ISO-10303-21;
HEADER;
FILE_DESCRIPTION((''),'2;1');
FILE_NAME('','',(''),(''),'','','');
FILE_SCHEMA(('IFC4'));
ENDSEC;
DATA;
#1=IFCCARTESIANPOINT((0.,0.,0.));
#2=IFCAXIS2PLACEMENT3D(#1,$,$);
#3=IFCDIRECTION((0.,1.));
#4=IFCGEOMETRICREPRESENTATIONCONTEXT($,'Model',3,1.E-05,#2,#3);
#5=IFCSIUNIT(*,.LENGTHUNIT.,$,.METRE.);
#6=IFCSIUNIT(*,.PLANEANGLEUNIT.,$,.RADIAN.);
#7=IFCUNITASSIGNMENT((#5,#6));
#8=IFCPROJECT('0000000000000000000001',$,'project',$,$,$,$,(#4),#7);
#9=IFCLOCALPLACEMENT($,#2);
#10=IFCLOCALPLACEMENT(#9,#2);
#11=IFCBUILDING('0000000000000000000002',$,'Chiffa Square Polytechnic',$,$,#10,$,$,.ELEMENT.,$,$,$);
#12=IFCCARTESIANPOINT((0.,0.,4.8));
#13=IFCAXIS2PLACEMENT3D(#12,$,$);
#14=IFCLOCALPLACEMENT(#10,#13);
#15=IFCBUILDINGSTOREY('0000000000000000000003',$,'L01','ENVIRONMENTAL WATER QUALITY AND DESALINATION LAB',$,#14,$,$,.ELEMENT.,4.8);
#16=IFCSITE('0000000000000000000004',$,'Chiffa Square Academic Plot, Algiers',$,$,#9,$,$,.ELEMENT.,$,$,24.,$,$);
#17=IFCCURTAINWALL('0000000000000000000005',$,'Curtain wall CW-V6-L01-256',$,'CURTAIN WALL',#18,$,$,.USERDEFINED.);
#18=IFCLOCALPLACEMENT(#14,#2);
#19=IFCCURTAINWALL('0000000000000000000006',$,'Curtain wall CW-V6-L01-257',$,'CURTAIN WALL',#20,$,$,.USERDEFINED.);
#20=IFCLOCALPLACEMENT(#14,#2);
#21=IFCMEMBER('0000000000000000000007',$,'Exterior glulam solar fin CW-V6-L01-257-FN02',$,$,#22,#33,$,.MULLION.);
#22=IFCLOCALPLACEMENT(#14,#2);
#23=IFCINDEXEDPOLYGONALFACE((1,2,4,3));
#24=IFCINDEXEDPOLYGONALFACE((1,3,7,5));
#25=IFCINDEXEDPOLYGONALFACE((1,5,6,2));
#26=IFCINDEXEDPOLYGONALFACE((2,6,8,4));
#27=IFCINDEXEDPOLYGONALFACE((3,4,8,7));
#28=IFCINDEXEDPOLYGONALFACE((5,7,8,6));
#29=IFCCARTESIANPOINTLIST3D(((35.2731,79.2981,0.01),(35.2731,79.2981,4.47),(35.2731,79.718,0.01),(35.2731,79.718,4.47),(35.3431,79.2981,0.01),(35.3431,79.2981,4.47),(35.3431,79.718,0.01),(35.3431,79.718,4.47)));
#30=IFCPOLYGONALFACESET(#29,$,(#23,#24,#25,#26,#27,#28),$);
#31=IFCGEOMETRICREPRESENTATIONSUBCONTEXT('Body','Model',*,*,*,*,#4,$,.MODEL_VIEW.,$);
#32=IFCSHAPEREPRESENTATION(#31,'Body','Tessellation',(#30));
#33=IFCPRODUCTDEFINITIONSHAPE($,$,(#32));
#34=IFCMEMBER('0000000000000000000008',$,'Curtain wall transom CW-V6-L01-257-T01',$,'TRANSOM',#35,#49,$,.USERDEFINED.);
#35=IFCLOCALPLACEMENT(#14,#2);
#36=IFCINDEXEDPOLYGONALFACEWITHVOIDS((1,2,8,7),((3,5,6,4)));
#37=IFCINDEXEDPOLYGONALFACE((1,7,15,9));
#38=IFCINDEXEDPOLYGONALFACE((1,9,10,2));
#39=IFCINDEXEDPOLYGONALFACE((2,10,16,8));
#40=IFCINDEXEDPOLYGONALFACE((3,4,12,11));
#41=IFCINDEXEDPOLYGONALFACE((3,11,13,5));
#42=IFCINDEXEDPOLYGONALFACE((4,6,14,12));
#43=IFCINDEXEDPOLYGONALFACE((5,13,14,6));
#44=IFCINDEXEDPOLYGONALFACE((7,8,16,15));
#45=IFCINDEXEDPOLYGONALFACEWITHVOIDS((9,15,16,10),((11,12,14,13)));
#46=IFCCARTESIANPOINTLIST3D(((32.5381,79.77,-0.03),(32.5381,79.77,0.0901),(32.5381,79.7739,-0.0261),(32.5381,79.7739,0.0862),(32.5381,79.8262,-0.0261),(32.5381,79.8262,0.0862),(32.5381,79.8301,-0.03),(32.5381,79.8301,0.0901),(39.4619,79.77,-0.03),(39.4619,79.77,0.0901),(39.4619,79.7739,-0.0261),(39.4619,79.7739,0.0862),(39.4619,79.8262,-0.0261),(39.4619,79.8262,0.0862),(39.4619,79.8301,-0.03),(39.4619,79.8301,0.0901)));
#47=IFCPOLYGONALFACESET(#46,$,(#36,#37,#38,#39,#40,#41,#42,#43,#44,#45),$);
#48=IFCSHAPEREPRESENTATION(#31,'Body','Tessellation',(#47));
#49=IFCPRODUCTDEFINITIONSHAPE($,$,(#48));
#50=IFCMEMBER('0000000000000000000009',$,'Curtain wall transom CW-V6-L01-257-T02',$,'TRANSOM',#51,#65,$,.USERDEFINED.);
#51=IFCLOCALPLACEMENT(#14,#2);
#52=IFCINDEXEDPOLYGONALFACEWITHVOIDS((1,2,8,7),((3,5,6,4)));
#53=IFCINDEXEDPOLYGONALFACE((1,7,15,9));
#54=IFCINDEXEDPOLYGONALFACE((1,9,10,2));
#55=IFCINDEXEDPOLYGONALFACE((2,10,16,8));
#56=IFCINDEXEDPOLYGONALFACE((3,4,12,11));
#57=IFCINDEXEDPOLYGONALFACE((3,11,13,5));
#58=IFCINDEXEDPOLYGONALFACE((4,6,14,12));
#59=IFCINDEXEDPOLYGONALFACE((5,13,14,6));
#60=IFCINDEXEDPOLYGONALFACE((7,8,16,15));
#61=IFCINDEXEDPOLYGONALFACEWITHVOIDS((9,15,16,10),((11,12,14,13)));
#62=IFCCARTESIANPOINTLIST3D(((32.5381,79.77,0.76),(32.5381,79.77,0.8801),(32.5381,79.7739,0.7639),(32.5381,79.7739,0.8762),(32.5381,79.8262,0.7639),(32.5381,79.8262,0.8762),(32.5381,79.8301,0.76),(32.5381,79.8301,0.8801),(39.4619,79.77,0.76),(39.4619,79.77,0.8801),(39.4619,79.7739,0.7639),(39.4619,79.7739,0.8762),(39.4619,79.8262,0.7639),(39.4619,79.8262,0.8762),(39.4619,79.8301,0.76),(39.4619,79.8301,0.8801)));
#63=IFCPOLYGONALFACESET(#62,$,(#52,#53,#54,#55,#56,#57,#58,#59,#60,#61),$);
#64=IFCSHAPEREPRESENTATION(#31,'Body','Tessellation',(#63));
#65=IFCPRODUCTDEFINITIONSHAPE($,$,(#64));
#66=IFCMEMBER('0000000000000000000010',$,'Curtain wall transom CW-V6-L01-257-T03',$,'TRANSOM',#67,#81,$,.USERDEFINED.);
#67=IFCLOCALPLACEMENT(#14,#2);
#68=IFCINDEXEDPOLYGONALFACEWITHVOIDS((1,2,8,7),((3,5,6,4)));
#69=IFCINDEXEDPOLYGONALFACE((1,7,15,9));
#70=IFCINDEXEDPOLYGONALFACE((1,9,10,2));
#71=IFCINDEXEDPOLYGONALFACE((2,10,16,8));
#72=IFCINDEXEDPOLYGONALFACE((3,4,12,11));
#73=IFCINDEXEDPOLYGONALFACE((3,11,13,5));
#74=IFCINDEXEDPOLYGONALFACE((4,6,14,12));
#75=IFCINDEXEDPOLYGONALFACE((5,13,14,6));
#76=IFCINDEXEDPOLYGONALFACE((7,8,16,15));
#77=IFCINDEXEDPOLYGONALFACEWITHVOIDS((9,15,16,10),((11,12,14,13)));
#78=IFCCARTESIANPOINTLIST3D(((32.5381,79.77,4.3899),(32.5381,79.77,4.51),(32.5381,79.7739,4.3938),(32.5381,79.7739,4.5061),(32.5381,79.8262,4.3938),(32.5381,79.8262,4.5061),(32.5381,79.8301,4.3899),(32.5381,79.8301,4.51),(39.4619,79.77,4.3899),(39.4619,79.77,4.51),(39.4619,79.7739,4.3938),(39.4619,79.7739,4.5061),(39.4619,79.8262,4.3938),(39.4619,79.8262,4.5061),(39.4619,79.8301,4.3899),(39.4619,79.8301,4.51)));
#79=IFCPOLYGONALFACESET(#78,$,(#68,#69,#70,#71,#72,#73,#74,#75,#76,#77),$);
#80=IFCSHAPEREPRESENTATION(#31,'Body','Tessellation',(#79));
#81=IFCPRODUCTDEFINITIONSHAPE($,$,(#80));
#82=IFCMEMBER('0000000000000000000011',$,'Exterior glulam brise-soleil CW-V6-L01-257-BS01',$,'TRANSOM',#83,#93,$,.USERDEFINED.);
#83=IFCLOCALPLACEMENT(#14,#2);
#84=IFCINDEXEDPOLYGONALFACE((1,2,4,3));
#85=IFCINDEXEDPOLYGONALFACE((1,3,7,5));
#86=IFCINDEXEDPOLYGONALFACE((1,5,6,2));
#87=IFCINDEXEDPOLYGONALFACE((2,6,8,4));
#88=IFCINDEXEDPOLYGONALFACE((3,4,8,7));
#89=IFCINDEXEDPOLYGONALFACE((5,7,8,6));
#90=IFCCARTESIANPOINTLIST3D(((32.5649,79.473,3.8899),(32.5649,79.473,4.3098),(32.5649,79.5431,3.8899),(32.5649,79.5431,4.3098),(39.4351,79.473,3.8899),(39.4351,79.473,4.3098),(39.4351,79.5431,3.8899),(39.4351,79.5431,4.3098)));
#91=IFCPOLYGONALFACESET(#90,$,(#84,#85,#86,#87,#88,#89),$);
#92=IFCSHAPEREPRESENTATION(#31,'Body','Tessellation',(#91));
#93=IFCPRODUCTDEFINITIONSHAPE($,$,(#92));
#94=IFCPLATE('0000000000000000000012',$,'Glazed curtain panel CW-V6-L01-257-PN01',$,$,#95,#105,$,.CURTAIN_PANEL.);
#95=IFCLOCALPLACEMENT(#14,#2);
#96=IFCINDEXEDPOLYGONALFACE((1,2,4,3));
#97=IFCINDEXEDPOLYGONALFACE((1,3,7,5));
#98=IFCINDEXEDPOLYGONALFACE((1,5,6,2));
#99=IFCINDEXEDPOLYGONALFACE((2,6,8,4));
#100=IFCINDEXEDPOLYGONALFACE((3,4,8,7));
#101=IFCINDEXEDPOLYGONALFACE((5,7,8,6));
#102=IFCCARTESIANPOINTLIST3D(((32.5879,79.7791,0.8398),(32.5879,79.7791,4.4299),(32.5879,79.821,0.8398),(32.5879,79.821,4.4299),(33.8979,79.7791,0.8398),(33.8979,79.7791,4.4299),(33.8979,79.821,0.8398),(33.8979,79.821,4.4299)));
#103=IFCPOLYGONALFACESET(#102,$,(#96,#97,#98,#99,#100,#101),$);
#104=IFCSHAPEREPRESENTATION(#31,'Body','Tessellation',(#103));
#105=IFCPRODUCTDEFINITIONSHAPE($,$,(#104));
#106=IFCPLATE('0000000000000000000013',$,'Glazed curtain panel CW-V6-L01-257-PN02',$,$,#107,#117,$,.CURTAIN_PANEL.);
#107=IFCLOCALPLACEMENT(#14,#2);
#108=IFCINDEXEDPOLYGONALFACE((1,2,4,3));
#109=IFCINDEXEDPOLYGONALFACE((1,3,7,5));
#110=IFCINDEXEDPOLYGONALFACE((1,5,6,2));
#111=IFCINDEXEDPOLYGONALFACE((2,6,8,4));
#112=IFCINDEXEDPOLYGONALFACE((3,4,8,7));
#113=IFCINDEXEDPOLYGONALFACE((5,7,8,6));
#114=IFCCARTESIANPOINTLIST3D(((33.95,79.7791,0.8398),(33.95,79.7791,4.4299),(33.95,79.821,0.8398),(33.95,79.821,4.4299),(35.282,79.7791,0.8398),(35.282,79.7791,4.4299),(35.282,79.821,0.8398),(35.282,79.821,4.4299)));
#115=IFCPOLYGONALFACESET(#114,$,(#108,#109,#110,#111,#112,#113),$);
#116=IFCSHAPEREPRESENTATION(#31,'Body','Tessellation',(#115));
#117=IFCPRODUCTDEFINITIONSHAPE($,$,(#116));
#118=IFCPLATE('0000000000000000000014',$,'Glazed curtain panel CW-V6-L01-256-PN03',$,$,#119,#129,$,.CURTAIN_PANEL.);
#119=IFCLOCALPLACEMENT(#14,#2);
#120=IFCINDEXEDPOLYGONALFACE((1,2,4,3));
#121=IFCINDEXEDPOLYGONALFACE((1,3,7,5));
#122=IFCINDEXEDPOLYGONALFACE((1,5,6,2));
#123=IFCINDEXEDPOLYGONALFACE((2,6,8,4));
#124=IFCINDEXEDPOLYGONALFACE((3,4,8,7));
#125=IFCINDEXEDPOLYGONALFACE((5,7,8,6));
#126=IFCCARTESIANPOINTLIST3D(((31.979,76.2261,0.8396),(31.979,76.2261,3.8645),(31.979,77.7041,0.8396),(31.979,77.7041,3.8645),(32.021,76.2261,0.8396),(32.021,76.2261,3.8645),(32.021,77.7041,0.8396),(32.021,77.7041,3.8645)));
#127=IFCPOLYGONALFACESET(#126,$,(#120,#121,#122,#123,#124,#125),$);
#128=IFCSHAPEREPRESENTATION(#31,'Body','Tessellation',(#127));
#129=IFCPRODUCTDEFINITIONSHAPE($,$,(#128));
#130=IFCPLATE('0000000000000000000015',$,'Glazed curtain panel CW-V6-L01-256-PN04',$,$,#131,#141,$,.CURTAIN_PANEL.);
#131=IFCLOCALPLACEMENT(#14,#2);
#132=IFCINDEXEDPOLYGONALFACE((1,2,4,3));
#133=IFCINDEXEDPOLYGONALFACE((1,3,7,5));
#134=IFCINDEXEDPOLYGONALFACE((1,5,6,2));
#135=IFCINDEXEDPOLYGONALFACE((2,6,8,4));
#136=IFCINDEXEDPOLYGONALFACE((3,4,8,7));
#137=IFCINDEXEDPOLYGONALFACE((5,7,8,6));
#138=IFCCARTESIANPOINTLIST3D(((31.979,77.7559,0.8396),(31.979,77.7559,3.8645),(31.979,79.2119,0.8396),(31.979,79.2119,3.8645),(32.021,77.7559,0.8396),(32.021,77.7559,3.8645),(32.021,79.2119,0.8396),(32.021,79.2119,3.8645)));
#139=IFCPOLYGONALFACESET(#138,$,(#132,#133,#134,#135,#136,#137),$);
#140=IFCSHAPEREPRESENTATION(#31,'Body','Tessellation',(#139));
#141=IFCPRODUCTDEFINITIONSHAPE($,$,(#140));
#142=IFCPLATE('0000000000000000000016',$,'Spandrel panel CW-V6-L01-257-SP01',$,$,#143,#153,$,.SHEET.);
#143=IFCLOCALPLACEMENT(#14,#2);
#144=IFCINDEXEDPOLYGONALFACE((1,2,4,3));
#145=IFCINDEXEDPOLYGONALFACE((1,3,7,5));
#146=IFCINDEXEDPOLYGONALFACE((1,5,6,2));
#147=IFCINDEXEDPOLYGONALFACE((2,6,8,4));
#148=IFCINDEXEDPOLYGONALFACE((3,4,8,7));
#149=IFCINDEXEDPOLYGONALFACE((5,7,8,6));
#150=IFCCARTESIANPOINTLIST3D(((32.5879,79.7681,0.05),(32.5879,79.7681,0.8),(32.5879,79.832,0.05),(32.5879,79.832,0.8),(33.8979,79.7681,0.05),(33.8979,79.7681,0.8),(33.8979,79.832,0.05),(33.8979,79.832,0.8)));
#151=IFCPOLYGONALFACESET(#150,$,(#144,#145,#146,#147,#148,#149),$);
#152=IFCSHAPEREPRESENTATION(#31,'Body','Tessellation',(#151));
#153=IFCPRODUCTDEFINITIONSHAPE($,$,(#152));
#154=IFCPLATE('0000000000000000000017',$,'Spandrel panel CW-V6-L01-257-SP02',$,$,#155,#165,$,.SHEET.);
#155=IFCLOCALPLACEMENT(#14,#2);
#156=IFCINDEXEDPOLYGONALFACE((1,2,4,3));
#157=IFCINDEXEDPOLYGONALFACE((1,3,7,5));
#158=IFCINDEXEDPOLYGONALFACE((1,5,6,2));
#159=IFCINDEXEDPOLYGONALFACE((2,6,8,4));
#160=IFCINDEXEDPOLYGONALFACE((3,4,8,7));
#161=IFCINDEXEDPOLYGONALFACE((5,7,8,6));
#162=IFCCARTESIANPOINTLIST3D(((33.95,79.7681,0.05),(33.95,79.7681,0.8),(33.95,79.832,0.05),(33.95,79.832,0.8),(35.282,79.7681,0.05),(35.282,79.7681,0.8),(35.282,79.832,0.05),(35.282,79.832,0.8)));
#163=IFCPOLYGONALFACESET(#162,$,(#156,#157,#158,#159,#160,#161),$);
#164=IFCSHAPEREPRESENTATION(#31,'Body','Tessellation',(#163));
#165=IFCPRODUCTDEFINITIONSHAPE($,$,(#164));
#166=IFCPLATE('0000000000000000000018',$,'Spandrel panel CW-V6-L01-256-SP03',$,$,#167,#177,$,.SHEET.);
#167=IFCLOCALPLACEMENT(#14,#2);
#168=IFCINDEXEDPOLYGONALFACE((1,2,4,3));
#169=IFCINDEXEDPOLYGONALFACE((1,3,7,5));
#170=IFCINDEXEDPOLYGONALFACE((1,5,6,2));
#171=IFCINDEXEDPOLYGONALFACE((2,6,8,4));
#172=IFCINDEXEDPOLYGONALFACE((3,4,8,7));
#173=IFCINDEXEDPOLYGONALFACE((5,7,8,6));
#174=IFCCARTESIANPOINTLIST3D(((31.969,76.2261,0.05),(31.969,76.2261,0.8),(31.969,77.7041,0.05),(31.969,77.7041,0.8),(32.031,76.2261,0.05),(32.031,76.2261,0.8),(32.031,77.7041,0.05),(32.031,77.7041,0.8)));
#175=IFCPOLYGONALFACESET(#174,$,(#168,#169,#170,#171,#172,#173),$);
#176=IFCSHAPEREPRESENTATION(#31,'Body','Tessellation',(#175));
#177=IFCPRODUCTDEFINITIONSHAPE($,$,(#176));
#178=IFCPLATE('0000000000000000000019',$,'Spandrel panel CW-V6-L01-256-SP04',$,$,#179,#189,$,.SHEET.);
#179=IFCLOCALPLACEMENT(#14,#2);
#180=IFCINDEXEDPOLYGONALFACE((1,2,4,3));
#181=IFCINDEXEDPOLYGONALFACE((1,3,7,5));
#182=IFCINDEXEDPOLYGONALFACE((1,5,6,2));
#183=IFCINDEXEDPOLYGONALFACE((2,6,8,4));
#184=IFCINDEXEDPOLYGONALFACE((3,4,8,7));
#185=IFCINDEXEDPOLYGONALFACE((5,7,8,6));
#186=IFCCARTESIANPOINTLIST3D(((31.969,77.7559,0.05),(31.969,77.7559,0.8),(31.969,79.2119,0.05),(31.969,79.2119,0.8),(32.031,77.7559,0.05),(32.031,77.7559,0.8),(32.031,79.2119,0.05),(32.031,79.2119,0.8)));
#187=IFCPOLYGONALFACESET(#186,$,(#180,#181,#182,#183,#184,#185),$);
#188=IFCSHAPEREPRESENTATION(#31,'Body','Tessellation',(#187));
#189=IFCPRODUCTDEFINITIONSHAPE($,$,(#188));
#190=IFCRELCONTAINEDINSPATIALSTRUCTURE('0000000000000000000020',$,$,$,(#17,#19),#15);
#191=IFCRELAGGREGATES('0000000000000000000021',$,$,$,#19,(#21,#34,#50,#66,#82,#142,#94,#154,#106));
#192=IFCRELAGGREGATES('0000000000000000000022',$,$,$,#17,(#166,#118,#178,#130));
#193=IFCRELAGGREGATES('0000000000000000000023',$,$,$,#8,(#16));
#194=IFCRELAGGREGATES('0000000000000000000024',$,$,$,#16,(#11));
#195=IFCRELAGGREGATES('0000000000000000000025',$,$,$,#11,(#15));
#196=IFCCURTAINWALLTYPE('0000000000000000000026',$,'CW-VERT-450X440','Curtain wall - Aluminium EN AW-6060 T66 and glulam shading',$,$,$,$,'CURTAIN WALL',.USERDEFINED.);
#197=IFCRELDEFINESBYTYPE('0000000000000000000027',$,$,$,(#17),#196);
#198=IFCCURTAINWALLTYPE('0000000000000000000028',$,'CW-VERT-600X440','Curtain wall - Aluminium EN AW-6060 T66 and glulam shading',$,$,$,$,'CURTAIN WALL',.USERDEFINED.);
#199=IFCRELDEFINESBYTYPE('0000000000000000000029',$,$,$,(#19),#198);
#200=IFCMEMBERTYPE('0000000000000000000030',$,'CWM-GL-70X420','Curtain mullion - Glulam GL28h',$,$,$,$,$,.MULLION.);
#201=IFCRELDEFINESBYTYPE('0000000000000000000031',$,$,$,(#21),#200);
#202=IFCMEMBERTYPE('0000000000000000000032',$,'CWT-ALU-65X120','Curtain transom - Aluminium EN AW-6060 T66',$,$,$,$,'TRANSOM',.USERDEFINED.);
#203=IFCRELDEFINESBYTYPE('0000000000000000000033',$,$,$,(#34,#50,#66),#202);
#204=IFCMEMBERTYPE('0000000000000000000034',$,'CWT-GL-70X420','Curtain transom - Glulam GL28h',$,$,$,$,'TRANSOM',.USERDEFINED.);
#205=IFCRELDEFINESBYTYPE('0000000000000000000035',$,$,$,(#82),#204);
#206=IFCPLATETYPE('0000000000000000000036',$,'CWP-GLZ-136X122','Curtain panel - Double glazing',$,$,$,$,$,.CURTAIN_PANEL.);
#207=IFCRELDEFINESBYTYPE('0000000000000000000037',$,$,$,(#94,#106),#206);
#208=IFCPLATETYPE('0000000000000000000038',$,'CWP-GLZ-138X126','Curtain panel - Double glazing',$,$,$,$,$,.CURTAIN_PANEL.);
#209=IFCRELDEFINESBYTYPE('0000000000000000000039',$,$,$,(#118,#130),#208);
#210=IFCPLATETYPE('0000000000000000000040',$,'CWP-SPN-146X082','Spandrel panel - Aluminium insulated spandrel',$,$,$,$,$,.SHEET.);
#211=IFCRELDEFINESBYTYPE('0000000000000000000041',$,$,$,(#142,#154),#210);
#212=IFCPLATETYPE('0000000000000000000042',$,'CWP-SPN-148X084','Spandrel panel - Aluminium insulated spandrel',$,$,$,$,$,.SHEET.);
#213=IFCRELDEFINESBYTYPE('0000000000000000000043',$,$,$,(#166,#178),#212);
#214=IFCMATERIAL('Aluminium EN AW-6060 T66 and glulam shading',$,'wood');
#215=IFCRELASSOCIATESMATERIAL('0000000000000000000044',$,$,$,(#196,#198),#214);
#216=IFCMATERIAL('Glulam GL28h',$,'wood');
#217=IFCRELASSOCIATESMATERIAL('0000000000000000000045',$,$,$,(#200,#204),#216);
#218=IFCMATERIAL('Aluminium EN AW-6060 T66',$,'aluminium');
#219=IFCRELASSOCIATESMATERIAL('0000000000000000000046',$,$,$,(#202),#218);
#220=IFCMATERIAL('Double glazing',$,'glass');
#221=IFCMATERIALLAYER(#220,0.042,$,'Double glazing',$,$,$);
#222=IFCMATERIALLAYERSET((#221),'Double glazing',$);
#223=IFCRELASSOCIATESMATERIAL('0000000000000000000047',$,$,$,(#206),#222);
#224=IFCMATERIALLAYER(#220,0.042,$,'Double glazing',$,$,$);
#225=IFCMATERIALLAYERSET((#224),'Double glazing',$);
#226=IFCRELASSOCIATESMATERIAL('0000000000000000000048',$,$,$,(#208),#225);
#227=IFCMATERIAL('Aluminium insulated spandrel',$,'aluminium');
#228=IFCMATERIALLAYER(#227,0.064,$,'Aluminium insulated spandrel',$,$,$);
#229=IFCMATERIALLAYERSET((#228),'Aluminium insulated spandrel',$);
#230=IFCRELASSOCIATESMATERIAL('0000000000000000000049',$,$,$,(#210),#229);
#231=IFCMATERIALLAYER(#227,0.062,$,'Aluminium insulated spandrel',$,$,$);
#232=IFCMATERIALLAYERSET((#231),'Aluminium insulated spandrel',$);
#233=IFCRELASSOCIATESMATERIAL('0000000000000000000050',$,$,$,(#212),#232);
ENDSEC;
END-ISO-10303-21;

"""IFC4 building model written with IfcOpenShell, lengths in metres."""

from ifc_helpers import new_model, si_unit, direction, frame, origin, origin_2d, place, context, subcontext, project, spatial, rectangle, hollow_rectangle, extrude, material, layer, layer_set, material_profile, profile_set, type_object, element, aggregate, save


model = new_model("IFC4")

# Units and contexts
model_context = context("Model", 3, precision=1e-05, world=origin(), true_north=direction((0.0, 1.0)))
body_context = subcontext(model_context, "Body", "Model", "MODEL_VIEW")
ifc_project = project(units=[si_unit("LENGTHUNIT", "METRE"), si_unit("PLANEANGLEUNIT", "RADIAN")], contexts=[model_context])

# Site, building, storey
site_placement = place(None, origin())
site = spatial("IfcSite", under=ifc_project, at=site_placement, Name="Chiffa Square Academic Plot, Algiers", CompositionType="ELEMENT", RefElevation=24.0)
building_placement = place(site_placement, origin())
building = spatial("IfcBuilding", under=site, at=building_placement, Name="Chiffa Square Polytechnic", CompositionType="ELEMENT")
storey_placement = place(building_placement, frame((0.0, 0.0, 4.8)))
storey = spatial("IfcBuildingStorey", under=building, at=storey_placement, Name="L01", Description="ENVIRONMENTAL WATER QUALITY AND DESALINATION LAB", CompositionType="ELEMENT", Elevation=4.8)

# Curtain walls
ifc_material_1 = material(Name="Aluminium EN AW-6060 T66 and glulam shading", Category="wood")
curtain_wall_type_1 = type_object("IfcCurtainWallType", Name="CW-VERT-450X440", Description="Curtain wall - Aluminium EN AW-6060 T66 and glulam shading", ElementType="CURTAIN WALL", PredefinedType="USERDEFINED", material=ifc_material_1)
curtain_wall_1_placement = place(storey_placement, origin())
curtain_wall_1 = element("IfcCurtainWall", 1, at=curtain_wall_1_placement, inside=storey, type_object=curtain_wall_type_1, Name="Curtain wall CW-V6-L01-256", ObjectType="CURTAIN WALL", PredefinedType="USERDEFINED")
ifc_material_2 = material(Name="Aluminium EN AW-6060 T66", Category="aluminium")
curtain_wall_type_2 = type_object("IfcCurtainWallType", Name="CW-VERT-600X440", Description="Curtain wall - Aluminium EN AW-6060 T66 and glulam shading", ElementType="CURTAIN WALL", PredefinedType="USERDEFINED", material=ifc_material_1)
curtain_wall_2_placement = place(storey_placement, origin())
curtain_wall_2 = element("IfcCurtainWall", 2, at=curtain_wall_2_placement, inside=storey, type_object=curtain_wall_type_2, Name="Curtain wall CW-V6-L01-257", ObjectType="CURTAIN WALL", PredefinedType="USERDEFINED")

# Members
ifc_material_3 = material(Name="Glulam GL28h", Category="wood")
ifc_material_profile_1 = material_profile(ifc_material_3, rectangle(XDim=0.0701, YDim=0.4199, at=origin_2d()), Name="GL28h 70x420")
ifc_profile_set_1 = profile_set([ifc_material_profile_1], Name="Glulam GL28h")
member_type_1 = type_object("IfcMemberType", Name="CWM-GL-70X420", Description="Curtain mullion - Glulam GL28h", PredefinedType="MULLION", material=ifc_profile_set_1)
member_1_placement = place(storey_placement, frame((35.3081, 79.5081, 0.01), z_axis=(0.0, 0.0, 1.0), x_axis=(1.0, 0.0, 0.0)))
member_1 = element("IfcMember", 3, at=member_1_placement, type_object=member_type_1, Name="Exterior glulam solar fin CW-V6-L01-257-FN02", PredefinedType="MULLION", context=body_context, shape_type="SweptSolid", body=[
    extrude(rectangle(XDim=0.0701, YDim=0.4199, at=origin_2d()), origin(), (0.0, 0.0, 1.0), 4.46),
])
ifc_material_profile_2 = material_profile(ifc_material_2, hollow_rectangle(XDim=0.0601, YDim=0.1201, WallThickness=0.0039, at=origin_2d()), Name="ALU 60x120x4")
ifc_profile_set_2 = profile_set([ifc_material_profile_2], Name="Aluminium EN AW-6060 T66")
member_type_2 = type_object("IfcMemberType", Name="CWT-ALU-65X120", Description="Curtain transom - Aluminium EN AW-6060 T66", ElementType="TRANSOM", PredefinedType="USERDEFINED", material=ifc_profile_set_2)
member_2_placement = place(storey_placement, frame((32.5381, 79.8, 0.03), z_axis=(1.0, 0.0, 0.0), x_axis=(0.0, 1.0, 0.0)))
member_2 = element("IfcMember", 4, at=member_2_placement, type_object=member_type_2, Name="Curtain wall transom CW-V6-L01-257-T01", ObjectType="TRANSOM", PredefinedType="USERDEFINED", context=body_context, shape_type="SweptSolid", body=[
    extrude(hollow_rectangle(XDim=0.0601, YDim=0.1201, WallThickness=0.0039, at=origin_2d()), origin(), (0.0, 0.0, 1.0), 6.9238),
])
member_3_placement = place(storey_placement, frame((32.5381, 79.8, 0.8201), z_axis=(1.0, 0.0, 0.0), x_axis=(0.0, 1.0, 0.0)))
member_3 = element("IfcMember", 5, at=member_3_placement, type_object=member_type_2, Name="Curtain wall transom CW-V6-L01-257-T02", ObjectType="TRANSOM", PredefinedType="USERDEFINED", context=body_context, shape_type="SweptSolid", body=[
    extrude(hollow_rectangle(XDim=0.0601, YDim=0.1201, WallThickness=0.0039, at=origin_2d()), origin(), (0.0, 0.0, 1.0), 6.9238),
])
member_4_placement = place(storey_placement, frame((32.5381, 79.8, 4.45), z_axis=(1.0, 0.0, 0.0), x_axis=(0.0, 1.0, 0.0)))
member_4 = element("IfcMember", 6, at=member_4_placement, type_object=member_type_2, Name="Curtain wall transom CW-V6-L01-257-T03", ObjectType="TRANSOM", PredefinedType="USERDEFINED", context=body_context, shape_type="SweptSolid", body=[
    extrude(hollow_rectangle(XDim=0.0601, YDim=0.1201, WallThickness=0.0039, at=origin_2d()), origin(), (0.0, 0.0, 1.0), 6.9238),
])
ifc_material_profile_3 = material_profile(ifc_material_3, rectangle(XDim=0.0701, YDim=0.4199, at=origin_2d()), Name="GL28h 70x420")
ifc_profile_set_3 = profile_set([ifc_material_profile_3], Name="Glulam GL28h")
member_type_3 = type_object("IfcMemberType", Name="CWT-GL-70X420", Description="Curtain transom - Glulam GL28h", ElementType="TRANSOM", PredefinedType="USERDEFINED", material=ifc_profile_set_3)
member_5_placement = place(storey_placement, frame((32.5649, 79.5081, 4.0999), z_axis=(1.0, 0.0, 0.0), x_axis=(0.0, 1.0, 0.0)))
member_5 = element("IfcMember", 7, at=member_5_placement, type_object=member_type_3, Name="Exterior glulam brise-soleil CW-V6-L01-257-BS01", ObjectType="TRANSOM", PredefinedType="USERDEFINED", context=body_context, shape_type="SweptSolid", body=[
    extrude(rectangle(XDim=0.0701, YDim=0.4199, at=origin_2d()), origin(), (0.0, 0.0, 1.0), 6.8701),
])

# Plates
ifc_material_4 = material(Name="Double glazing", Category="glass")
ifc_layer_1 = layer(ifc_material_4, 0.042, Name="Double glazing")
ifc_layer_set_1 = layer_set([ifc_layer_1], Name="Double glazing")
plate_type_1 = type_object("IfcPlateType", Name="CWP-GLZ-136X122", Description="Curtain panel - Double glazing", PredefinedType="CURTAIN_PANEL", material=ifc_layer_set_1)
plate_1_placement = place(storey_placement, frame((33.2429, 79.8, 0.8398), z_axis=(0.0, 0.0, 1.0), x_axis=(1.0, 0.0, 0.0)))
plate_1 = element("IfcPlate", 8, at=plate_1_placement, type_object=plate_type_1, Name="Glazed curtain panel CW-V6-L01-257-PN01", PredefinedType="CURTAIN_PANEL", context=body_context, shape_type="SweptSolid", body=[
    extrude(rectangle(XDim=1.3101, YDim=0.042, at=origin_2d()), origin(), (0.0, 0.0, 1.0), 3.5901),
])
plate_2_placement = place(storey_placement, frame((34.616, 79.8, 0.8398), z_axis=(0.0, 0.0, 1.0), x_axis=(1.0, 0.0, 0.0)))
plate_2 = element("IfcPlate", 9, at=plate_2_placement, type_object=plate_type_1, Name="Glazed curtain panel CW-V6-L01-257-PN02", PredefinedType="CURTAIN_PANEL", context=body_context, shape_type="SweptSolid", body=[
    extrude(rectangle(XDim=1.332, YDim=0.042, at=origin_2d()), origin(), (0.0, 0.0, 1.0), 3.5901),
])
ifc_layer_2 = layer(ifc_material_4, 0.042, Name="Double glazing")
ifc_layer_set_2 = layer_set([ifc_layer_2], Name="Double glazing")
plate_type_2 = type_object("IfcPlateType", Name="CWP-GLZ-138X126", Description="Curtain panel - Double glazing", PredefinedType="CURTAIN_PANEL", material=ifc_layer_set_2)
plate_3_placement = place(storey_placement, frame((32.0, 76.9651, 0.8396), z_axis=(0.0, 0.0, 1.0), x_axis=(0.0, 1.0, 0.0)))
plate_3 = element("IfcPlate", 10, at=plate_3_placement, type_object=plate_type_2, Name="Glazed curtain panel CW-V6-L01-256-PN03", PredefinedType="CURTAIN_PANEL", context=body_context, shape_type="SweptSolid", body=[
    extrude(rectangle(XDim=1.478, YDim=0.042, at=origin_2d()), origin(), (0.0, 0.0, 1.0), 3.0249),
])
plate_4_placement = place(storey_placement, frame((32.0, 78.4839, 0.8396), z_axis=(0.0, 0.0, 1.0), x_axis=(0.0, 1.0, 0.0)))
plate_4 = element("IfcPlate", 11, at=plate_4_placement, type_object=plate_type_2, Name="Glazed curtain panel CW-V6-L01-256-PN04", PredefinedType="CURTAIN_PANEL", context=body_context, shape_type="SweptSolid", body=[
    extrude(rectangle(XDim=1.4561, YDim=0.042, at=origin_2d()), origin(), (0.0, 0.0, 1.0), 3.0249),
])
ifc_material_5 = material(Name="Aluminium insulated spandrel", Category="aluminium")
ifc_layer_3 = layer(ifc_material_5, 0.064, Name="Aluminium insulated spandrel")
ifc_layer_set_3 = layer_set([ifc_layer_3], Name="Aluminium insulated spandrel")
plate_type_3 = type_object("IfcPlateType", Name="CWP-SPN-146X082", Description="Spandrel panel - Aluminium insulated spandrel", PredefinedType="SHEET", material=ifc_layer_set_3)
plate_5_placement = place(storey_placement, frame((33.2429, 79.8, 0.05), z_axis=(0.0, 0.0, 1.0), x_axis=(1.0, 0.0, 0.0)))
plate_5 = element("IfcPlate", 12, at=plate_5_placement, type_object=plate_type_3, Name="Spandrel panel CW-V6-L01-257-SP01", PredefinedType="SHEET", context=body_context, shape_type="SweptSolid", body=[
    extrude(rectangle(XDim=1.3101, YDim=0.064, at=origin_2d()), origin(), (0.0, 0.0, 1.0), 0.75),
])
plate_6_placement = place(storey_placement, frame((34.616, 79.8, 0.05), z_axis=(0.0, 0.0, 1.0), x_axis=(1.0, 0.0, 0.0)))
plate_6 = element("IfcPlate", 13, at=plate_6_placement, type_object=plate_type_3, Name="Spandrel panel CW-V6-L01-257-SP02", PredefinedType="SHEET", context=body_context, shape_type="SweptSolid", body=[
    extrude(rectangle(XDim=1.332, YDim=0.064, at=origin_2d()), origin(), (0.0, 0.0, 1.0), 0.75),
])
aggregate(curtain_wall_2, [member_1, member_2, member_3, member_4, member_5, plate_5, plate_1, plate_6, plate_2])
ifc_layer_4 = layer(ifc_material_5, 0.062, Name="Aluminium insulated spandrel")
ifc_layer_set_4 = layer_set([ifc_layer_4], Name="Aluminium insulated spandrel")
plate_type_4 = type_object("IfcPlateType", Name="CWP-SPN-148X084", Description="Spandrel panel - Aluminium insulated spandrel", PredefinedType="SHEET", material=ifc_layer_set_4)
plate_7_placement = place(storey_placement, frame((32.0, 76.9651, 0.05), z_axis=(0.0, 0.0, 1.0), x_axis=(0.0, 1.0, 0.0)))
plate_7 = element("IfcPlate", 14, at=plate_7_placement, type_object=plate_type_4, Name="Spandrel panel CW-V6-L01-256-SP03", PredefinedType="SHEET", context=body_context, shape_type="SweptSolid", body=[
    extrude(rectangle(XDim=1.478, YDim=0.062, at=origin_2d()), origin(), (0.0, 0.0, 1.0), 0.75),
])
plate_8_placement = place(storey_placement, frame((32.0, 78.4839, 0.05), z_axis=(0.0, 0.0, 1.0), x_axis=(0.0, 1.0, 0.0)))
plate_8 = element("IfcPlate", 15, at=plate_8_placement, type_object=plate_type_4, Name="Spandrel panel CW-V6-L01-256-SP04", PredefinedType="SHEET", context=body_context, shape_type="SweptSolid", body=[
    extrude(rectangle(XDim=1.4561, YDim=0.062, at=origin_2d()), origin(), (0.0, 0.0, 1.0), 0.75),
])
aggregate(curtain_wall_1, [plate_7, plate_3, plate_8, plate_4])

save(model, "model.ifc")
